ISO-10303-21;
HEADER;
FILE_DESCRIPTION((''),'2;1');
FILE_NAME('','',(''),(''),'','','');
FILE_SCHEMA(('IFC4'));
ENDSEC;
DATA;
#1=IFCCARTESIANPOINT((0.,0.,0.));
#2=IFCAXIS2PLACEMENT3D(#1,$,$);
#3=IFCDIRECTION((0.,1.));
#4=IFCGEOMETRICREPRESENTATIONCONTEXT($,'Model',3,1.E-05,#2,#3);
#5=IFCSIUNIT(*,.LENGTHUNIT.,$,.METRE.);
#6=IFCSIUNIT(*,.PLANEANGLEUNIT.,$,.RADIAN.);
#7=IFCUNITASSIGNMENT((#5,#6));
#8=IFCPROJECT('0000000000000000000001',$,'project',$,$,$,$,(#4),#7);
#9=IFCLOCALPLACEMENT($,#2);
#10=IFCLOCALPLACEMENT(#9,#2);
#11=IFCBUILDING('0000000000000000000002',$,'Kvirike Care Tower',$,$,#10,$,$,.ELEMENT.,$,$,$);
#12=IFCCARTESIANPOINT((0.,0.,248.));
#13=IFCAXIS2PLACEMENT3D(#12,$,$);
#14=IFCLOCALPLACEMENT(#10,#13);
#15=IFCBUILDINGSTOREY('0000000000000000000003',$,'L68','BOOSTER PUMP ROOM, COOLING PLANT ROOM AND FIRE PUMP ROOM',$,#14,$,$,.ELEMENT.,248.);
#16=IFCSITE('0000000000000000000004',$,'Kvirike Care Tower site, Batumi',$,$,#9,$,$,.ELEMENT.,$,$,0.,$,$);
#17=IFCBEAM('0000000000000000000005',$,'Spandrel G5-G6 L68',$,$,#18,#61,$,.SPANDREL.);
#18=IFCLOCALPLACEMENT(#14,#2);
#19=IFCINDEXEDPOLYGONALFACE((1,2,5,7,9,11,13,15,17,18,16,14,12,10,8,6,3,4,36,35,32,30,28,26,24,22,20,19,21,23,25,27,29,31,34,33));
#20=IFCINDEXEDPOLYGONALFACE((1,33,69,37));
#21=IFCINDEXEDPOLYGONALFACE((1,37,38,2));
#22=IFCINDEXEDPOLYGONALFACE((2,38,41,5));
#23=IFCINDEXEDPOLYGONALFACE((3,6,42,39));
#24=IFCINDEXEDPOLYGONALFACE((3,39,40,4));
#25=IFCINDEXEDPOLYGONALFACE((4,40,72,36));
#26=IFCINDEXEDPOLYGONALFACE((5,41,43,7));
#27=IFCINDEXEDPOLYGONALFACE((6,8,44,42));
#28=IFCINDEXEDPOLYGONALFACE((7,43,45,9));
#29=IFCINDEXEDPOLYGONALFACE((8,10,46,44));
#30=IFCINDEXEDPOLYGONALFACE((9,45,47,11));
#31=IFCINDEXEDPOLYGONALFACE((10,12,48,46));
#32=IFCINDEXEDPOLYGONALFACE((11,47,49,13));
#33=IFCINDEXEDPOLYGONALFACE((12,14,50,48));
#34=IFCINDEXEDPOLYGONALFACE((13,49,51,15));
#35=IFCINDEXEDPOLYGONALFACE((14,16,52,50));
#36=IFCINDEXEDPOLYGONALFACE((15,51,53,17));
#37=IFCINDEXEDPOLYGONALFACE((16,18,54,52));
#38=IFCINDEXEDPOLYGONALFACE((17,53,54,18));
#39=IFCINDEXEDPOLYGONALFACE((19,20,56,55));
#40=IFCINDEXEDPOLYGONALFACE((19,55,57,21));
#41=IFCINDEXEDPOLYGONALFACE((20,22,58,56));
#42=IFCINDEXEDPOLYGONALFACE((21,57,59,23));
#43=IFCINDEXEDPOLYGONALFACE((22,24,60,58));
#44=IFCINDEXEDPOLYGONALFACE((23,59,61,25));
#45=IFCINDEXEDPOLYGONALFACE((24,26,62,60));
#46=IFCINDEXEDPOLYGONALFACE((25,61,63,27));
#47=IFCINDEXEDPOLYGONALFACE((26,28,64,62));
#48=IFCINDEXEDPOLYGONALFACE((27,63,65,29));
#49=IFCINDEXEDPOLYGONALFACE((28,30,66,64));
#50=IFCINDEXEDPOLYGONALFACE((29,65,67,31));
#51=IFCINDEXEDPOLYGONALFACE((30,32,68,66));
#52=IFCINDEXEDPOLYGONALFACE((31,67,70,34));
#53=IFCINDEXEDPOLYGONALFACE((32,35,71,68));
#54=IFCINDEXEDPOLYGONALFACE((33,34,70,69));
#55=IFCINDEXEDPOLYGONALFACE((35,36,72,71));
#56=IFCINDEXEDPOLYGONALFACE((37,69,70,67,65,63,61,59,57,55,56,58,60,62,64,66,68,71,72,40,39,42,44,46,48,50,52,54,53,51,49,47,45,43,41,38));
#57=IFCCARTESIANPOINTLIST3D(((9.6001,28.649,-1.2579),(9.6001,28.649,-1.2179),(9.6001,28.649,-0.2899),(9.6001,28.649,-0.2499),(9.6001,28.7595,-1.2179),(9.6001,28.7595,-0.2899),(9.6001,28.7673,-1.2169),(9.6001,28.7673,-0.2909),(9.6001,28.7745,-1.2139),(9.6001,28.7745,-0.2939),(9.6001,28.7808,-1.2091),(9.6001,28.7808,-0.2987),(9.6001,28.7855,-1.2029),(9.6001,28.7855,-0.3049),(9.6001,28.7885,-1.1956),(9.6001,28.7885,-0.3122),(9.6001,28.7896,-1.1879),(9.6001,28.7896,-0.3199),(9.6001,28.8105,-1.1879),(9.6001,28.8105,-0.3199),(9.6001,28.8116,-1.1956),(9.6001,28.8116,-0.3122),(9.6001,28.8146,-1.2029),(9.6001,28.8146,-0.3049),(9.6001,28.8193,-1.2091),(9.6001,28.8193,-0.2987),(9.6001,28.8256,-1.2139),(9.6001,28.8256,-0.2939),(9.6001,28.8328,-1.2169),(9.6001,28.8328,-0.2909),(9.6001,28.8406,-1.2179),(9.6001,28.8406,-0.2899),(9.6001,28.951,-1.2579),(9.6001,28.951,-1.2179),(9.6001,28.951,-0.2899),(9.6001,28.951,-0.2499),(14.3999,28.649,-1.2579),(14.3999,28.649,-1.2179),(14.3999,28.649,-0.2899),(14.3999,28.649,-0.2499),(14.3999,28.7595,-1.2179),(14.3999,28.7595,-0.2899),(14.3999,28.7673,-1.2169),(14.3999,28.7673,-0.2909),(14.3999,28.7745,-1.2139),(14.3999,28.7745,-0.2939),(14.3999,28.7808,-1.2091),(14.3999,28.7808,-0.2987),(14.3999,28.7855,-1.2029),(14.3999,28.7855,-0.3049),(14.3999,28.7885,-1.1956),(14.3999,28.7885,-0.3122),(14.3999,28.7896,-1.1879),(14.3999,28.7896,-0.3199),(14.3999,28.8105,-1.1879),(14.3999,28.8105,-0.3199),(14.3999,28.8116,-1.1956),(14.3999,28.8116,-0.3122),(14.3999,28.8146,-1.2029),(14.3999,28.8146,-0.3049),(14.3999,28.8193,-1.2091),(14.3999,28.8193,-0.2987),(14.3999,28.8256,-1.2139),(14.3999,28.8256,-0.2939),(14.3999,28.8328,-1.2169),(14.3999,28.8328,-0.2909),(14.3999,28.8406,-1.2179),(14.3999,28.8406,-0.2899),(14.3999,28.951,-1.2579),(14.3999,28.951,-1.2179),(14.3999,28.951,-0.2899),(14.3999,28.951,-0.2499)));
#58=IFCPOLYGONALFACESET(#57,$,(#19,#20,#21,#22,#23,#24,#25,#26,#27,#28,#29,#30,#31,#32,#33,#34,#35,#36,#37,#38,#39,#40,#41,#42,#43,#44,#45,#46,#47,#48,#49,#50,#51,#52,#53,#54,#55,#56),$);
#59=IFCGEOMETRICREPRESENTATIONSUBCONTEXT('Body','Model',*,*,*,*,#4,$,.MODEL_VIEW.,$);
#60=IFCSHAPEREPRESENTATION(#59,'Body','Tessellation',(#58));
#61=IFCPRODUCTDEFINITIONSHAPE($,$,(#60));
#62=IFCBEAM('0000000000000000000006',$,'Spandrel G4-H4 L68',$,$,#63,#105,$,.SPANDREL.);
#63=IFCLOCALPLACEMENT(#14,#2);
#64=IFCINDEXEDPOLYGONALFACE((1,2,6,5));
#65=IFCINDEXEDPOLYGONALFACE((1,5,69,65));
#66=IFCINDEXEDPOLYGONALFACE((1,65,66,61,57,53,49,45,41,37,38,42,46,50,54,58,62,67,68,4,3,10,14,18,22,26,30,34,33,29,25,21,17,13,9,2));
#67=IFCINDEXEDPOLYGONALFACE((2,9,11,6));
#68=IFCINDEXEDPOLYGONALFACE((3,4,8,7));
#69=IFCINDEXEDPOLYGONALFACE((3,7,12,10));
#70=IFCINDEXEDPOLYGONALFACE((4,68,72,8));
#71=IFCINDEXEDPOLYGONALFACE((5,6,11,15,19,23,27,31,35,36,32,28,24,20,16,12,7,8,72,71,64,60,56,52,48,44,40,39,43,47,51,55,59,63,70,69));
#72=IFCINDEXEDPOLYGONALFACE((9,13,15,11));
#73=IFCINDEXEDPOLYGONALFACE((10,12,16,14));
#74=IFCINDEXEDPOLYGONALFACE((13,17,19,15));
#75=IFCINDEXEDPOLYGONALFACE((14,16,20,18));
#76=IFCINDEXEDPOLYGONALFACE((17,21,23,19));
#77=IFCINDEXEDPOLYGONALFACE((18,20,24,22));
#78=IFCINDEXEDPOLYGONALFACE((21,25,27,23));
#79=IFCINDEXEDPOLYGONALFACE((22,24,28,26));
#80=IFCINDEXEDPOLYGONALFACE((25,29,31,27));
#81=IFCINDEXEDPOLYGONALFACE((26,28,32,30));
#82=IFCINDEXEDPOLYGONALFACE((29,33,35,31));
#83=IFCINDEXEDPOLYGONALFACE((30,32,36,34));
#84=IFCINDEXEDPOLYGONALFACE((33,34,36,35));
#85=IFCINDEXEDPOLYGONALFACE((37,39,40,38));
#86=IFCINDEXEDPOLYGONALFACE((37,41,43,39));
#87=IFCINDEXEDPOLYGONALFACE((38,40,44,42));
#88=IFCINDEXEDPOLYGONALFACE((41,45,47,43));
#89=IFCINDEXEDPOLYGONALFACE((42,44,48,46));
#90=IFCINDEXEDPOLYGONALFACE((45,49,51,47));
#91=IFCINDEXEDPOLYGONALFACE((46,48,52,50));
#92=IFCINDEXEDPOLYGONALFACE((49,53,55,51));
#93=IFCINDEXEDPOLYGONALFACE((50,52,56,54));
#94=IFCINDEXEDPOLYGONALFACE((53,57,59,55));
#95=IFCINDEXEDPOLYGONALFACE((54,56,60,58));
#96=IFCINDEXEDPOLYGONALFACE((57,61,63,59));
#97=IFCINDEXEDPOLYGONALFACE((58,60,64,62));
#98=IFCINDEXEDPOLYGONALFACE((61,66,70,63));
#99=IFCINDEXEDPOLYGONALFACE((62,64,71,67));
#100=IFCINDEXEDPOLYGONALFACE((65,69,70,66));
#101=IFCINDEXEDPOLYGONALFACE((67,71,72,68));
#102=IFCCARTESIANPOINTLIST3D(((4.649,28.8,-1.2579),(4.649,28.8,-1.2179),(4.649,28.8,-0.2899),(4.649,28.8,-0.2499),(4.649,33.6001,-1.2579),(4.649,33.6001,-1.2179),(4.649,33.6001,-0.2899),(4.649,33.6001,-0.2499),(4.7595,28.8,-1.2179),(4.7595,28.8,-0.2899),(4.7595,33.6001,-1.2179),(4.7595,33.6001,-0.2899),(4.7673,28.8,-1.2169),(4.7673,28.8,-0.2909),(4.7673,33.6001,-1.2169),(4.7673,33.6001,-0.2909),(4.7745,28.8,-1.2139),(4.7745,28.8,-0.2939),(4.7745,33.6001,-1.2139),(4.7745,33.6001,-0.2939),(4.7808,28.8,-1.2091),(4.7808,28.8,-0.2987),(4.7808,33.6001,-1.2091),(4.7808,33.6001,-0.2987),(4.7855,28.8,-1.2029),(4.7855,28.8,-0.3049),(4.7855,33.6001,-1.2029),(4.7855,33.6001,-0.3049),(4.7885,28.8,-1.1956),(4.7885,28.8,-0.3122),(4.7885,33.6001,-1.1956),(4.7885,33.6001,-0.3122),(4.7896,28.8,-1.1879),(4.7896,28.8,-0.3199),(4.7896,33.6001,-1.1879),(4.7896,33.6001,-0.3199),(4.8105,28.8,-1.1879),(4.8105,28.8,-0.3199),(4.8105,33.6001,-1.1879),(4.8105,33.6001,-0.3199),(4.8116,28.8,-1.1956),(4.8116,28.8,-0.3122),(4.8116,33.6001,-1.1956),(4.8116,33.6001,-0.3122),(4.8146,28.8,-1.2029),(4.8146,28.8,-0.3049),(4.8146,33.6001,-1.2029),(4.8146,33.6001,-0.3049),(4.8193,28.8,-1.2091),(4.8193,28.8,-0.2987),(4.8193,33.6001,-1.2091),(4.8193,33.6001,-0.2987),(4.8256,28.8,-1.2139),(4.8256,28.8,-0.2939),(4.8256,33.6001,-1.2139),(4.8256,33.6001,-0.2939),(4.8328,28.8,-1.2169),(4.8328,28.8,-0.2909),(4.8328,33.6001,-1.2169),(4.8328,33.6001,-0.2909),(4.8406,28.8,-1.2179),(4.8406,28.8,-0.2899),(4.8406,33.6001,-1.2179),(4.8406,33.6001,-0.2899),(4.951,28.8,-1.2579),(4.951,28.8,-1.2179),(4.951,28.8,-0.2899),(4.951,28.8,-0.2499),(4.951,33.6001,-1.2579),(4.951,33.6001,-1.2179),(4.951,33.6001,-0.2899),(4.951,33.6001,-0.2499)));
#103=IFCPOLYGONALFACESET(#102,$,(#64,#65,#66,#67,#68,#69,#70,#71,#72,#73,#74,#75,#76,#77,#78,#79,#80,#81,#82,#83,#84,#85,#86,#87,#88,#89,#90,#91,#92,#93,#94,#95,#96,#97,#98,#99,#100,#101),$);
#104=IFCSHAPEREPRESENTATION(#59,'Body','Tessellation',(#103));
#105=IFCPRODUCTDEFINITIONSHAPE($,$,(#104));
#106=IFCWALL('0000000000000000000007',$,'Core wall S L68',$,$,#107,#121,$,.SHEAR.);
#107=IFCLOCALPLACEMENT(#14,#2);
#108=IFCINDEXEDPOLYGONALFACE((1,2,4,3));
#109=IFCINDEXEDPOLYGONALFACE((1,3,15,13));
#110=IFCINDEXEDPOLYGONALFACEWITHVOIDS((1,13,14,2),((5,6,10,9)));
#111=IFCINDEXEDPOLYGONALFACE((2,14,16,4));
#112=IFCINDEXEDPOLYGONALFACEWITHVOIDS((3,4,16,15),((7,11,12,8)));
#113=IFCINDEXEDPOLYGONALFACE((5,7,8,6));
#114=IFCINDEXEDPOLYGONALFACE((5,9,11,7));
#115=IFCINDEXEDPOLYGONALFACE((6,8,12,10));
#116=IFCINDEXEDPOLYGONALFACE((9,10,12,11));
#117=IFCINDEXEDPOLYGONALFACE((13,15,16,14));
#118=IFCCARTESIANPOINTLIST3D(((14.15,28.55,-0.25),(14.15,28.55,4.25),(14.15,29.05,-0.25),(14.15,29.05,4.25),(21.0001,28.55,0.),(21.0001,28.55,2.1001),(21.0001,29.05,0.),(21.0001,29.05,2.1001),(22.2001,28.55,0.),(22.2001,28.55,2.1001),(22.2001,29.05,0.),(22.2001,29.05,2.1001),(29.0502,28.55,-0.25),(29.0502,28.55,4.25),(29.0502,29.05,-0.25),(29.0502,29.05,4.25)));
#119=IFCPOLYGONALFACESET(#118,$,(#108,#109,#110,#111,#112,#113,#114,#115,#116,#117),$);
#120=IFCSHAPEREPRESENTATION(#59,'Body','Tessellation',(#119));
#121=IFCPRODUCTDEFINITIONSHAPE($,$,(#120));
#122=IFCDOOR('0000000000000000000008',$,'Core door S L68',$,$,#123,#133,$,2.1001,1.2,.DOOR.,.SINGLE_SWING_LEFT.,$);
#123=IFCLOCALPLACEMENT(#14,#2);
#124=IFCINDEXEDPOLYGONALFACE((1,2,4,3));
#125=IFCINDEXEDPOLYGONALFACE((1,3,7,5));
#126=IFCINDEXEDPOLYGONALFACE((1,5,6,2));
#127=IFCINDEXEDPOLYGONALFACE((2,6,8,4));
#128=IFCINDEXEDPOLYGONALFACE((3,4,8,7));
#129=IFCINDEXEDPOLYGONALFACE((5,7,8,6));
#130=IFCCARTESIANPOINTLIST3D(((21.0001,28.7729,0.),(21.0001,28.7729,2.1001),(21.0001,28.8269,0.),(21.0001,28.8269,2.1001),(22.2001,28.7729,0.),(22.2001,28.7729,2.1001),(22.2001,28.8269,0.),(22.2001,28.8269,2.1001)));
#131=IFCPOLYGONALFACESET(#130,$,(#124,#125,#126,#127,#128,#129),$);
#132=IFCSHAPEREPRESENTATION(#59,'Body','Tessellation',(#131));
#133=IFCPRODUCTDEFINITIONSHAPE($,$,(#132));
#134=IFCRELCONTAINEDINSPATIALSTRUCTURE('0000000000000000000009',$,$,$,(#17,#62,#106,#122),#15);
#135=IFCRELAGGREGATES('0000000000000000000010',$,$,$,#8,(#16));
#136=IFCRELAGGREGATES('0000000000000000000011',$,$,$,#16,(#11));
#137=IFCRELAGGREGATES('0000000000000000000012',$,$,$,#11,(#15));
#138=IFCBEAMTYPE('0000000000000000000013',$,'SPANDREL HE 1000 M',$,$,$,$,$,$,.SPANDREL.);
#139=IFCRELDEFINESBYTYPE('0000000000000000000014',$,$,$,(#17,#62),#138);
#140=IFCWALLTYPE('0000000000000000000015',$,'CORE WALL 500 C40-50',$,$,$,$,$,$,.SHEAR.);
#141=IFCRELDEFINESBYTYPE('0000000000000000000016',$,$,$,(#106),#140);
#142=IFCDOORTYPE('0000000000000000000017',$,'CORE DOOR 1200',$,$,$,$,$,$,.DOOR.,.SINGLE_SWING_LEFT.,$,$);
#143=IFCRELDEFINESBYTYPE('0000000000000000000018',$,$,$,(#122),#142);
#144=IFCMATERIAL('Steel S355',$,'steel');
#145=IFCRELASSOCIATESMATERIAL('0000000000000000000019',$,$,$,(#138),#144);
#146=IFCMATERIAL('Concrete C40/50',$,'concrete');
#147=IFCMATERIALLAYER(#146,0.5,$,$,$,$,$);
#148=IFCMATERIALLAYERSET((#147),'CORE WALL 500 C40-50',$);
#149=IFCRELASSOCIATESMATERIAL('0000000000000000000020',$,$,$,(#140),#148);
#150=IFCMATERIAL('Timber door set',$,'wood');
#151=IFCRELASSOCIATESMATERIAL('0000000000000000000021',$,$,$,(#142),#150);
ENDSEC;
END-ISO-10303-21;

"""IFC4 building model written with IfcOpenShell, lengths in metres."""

from ifc_helpers import new_model, si_unit, direction, frame, frame_2d, origin, origin_2d, place, context, subcontext, project, spatial, rectangle, i_section, extrude, material, layer, layer_set, material_profile, profile_set, type_object, element, fill, save


model = new_model("IFC4")

# Units and contexts
model_context = context("Model", 3, precision=1e-05, world=origin(), true_north=direction((0.0, 1.0)))
body_context = subcontext(model_context, "Body", "Model", "MODEL_VIEW")
ifc_project = project(units=[si_unit("LENGTHUNIT", "METRE"), si_unit("PLANEANGLEUNIT", "RADIAN")], contexts=[model_context])

# Site, building, storey
site_placement = place(None, origin())
site = spatial("IfcSite", under=ifc_project, at=site_placement, Name="Kvirike Care Tower site, Batumi", CompositionType="ELEMENT", RefElevation=0.0)
building_placement = place(site_placement, origin())
building = spatial("IfcBuilding", under=site, at=building_placement, Name="Kvirike Care Tower", CompositionType="ELEMENT")
storey_placement = place(building_placement, frame((0.0, 0.0, 248.0)))
storey = spatial("IfcBuildingStorey", under=building, at=storey_placement, Name="L68", Description="BOOSTER PUMP ROOM, COOLING PLANT ROOM AND FIRE PUMP ROOM", CompositionType="ELEMENT", Elevation=248.0)

# Beams
ifc_material_1 = material(Name="Steel S355", Category="steel")
ifc_material_profile_1 = material_profile(ifc_material_1, i_section(OverallWidth=0.302, OverallDepth=1.0081, WebThickness=0.021, FlangeThickness=0.04, FilletRadius=0.03, at=origin_2d()), Name="HE 1000 M")
ifc_profile_set_1 = profile_set([ifc_material_profile_1], Name="Steel S355")
beam_type_1 = type_object("IfcBeamType", Name="SPANDREL HE 1000 M", PredefinedType="SPANDREL", material=ifc_profile_set_1)
beam_1_placement = place(storey_placement, frame((9.6001, 28.8, -0.7539), z_axis=(1.0, 0.0, 0.0), x_axis=(0.0, 1.0, 0.0)))
element("IfcBeam", 1, at=beam_1_placement, inside=storey, type_object=beam_type_1, Name="Spandrel G5-G6 L68", PredefinedType="SPANDREL", context=body_context, shape_type="SweptSolid", body=[
    extrude(i_section(OverallWidth=0.302, OverallDepth=1.0081, WebThickness=0.021, FlangeThickness=0.04, FilletRadius=0.03, at=origin_2d()), origin(), (0.0, 0.0, 1.0), 4.7998),
])
beam_2_placement = place(storey_placement, frame((4.8, 28.8, -0.7539), z_axis=(0.0, 1.0, 0.0), x_axis=(-1.0, 0.0, 0.0)))
element("IfcBeam", 2, at=beam_2_placement, inside=storey, type_object=beam_type_1, Name="Spandrel G4-H4 L68", PredefinedType="SPANDREL", context=body_context, shape_type="SweptSolid", body=[
    extrude(i_section(OverallWidth=0.302, OverallDepth=1.0081, WebThickness=0.021, FlangeThickness=0.04, FilletRadius=0.03, at=origin_2d()), origin(), (0.0, 0.0, 1.0), 4.8),
])

# Wall, opening, door
ifc_material_2 = material(Name="Concrete C40/50", Category="concrete")
ifc_layer_1 = layer(ifc_material_2, 0.5)
ifc_layer_set_1 = layer_set([ifc_layer_1], Name="CORE WALL 500 C40-50")
wall_type_1 = type_object("IfcWallType", Name="CORE WALL 500 C40-50", PredefinedType="SHEAR", material=ifc_layer_set_1)
wall_1_placement = place(storey_placement, frame((14.1499, 28.8, -0.25), z_axis=(0.0, 0.0, 1.0), x_axis=(1.0, 0.0, 0.0)))
wall_1 = element("IfcWall", 3, at=wall_1_placement, inside=storey, type_object=wall_type_1, Name="Core wall S L68", PredefinedType="SHEAR", context=body_context, shape_type="SweptSolid", body=[
    extrude(rectangle(XDim=14.9001, YDim=0.5, at=frame_2d((7.4502, 0.0))), origin(), (0.0, 0.0, 1.0), 4.5),
])
opening_1_placement = place(wall_1_placement, frame((6.8501, 0.0, 0.25)))
opening_1 = element("IfcOpeningElement", 4, at=opening_1_placement, cuts=wall_1, PredefinedType="OPENING", context=body_context, shape_type="SweptSolid", body=[
    extrude(rectangle(XDim=1.2, YDim=2.1001, at=frame_2d((0.6001, 1.05))), frame((0.0, 0.2605, 0.0), z_axis=(0.0, -1.0, 0.0), x_axis=(1.0, 0.0, 0.0)), (0.0, 0.0, 1.0), 0.521),
])
ifc_material_3 = material(Name="Timber door set", Category="wood")
door_type_1 = type_object("IfcDoorType", Name="CORE DOOR 1200", OperationType="SINGLE_SWING_LEFT", PredefinedType="DOOR", material=ifc_material_3)
door_1_placement = place(opening_1_placement, origin())
door_1 = element("IfcDoor", 5, at=door_1_placement, inside=storey, type_object=door_type_1, Name="Core door S L68", OperationType="SINGLE_SWING_LEFT", OverallHeight=2.1001, OverallWidth=1.2, PredefinedType="DOOR", context=body_context, shape_type="SweptSolid", body=[
    extrude(rectangle(XDim=1.2, YDim=2.1001, at=frame_2d((0.6001, 1.05))), frame((0.0, 0.0269, 0.0), z_axis=(0.0, -1.0, 0.0), x_axis=(1.0, 0.0, 0.0)), (0.0, 0.0, 1.0), 0.054),
])
fill(opening_1, door_1)

save(model, "model.ifc")
